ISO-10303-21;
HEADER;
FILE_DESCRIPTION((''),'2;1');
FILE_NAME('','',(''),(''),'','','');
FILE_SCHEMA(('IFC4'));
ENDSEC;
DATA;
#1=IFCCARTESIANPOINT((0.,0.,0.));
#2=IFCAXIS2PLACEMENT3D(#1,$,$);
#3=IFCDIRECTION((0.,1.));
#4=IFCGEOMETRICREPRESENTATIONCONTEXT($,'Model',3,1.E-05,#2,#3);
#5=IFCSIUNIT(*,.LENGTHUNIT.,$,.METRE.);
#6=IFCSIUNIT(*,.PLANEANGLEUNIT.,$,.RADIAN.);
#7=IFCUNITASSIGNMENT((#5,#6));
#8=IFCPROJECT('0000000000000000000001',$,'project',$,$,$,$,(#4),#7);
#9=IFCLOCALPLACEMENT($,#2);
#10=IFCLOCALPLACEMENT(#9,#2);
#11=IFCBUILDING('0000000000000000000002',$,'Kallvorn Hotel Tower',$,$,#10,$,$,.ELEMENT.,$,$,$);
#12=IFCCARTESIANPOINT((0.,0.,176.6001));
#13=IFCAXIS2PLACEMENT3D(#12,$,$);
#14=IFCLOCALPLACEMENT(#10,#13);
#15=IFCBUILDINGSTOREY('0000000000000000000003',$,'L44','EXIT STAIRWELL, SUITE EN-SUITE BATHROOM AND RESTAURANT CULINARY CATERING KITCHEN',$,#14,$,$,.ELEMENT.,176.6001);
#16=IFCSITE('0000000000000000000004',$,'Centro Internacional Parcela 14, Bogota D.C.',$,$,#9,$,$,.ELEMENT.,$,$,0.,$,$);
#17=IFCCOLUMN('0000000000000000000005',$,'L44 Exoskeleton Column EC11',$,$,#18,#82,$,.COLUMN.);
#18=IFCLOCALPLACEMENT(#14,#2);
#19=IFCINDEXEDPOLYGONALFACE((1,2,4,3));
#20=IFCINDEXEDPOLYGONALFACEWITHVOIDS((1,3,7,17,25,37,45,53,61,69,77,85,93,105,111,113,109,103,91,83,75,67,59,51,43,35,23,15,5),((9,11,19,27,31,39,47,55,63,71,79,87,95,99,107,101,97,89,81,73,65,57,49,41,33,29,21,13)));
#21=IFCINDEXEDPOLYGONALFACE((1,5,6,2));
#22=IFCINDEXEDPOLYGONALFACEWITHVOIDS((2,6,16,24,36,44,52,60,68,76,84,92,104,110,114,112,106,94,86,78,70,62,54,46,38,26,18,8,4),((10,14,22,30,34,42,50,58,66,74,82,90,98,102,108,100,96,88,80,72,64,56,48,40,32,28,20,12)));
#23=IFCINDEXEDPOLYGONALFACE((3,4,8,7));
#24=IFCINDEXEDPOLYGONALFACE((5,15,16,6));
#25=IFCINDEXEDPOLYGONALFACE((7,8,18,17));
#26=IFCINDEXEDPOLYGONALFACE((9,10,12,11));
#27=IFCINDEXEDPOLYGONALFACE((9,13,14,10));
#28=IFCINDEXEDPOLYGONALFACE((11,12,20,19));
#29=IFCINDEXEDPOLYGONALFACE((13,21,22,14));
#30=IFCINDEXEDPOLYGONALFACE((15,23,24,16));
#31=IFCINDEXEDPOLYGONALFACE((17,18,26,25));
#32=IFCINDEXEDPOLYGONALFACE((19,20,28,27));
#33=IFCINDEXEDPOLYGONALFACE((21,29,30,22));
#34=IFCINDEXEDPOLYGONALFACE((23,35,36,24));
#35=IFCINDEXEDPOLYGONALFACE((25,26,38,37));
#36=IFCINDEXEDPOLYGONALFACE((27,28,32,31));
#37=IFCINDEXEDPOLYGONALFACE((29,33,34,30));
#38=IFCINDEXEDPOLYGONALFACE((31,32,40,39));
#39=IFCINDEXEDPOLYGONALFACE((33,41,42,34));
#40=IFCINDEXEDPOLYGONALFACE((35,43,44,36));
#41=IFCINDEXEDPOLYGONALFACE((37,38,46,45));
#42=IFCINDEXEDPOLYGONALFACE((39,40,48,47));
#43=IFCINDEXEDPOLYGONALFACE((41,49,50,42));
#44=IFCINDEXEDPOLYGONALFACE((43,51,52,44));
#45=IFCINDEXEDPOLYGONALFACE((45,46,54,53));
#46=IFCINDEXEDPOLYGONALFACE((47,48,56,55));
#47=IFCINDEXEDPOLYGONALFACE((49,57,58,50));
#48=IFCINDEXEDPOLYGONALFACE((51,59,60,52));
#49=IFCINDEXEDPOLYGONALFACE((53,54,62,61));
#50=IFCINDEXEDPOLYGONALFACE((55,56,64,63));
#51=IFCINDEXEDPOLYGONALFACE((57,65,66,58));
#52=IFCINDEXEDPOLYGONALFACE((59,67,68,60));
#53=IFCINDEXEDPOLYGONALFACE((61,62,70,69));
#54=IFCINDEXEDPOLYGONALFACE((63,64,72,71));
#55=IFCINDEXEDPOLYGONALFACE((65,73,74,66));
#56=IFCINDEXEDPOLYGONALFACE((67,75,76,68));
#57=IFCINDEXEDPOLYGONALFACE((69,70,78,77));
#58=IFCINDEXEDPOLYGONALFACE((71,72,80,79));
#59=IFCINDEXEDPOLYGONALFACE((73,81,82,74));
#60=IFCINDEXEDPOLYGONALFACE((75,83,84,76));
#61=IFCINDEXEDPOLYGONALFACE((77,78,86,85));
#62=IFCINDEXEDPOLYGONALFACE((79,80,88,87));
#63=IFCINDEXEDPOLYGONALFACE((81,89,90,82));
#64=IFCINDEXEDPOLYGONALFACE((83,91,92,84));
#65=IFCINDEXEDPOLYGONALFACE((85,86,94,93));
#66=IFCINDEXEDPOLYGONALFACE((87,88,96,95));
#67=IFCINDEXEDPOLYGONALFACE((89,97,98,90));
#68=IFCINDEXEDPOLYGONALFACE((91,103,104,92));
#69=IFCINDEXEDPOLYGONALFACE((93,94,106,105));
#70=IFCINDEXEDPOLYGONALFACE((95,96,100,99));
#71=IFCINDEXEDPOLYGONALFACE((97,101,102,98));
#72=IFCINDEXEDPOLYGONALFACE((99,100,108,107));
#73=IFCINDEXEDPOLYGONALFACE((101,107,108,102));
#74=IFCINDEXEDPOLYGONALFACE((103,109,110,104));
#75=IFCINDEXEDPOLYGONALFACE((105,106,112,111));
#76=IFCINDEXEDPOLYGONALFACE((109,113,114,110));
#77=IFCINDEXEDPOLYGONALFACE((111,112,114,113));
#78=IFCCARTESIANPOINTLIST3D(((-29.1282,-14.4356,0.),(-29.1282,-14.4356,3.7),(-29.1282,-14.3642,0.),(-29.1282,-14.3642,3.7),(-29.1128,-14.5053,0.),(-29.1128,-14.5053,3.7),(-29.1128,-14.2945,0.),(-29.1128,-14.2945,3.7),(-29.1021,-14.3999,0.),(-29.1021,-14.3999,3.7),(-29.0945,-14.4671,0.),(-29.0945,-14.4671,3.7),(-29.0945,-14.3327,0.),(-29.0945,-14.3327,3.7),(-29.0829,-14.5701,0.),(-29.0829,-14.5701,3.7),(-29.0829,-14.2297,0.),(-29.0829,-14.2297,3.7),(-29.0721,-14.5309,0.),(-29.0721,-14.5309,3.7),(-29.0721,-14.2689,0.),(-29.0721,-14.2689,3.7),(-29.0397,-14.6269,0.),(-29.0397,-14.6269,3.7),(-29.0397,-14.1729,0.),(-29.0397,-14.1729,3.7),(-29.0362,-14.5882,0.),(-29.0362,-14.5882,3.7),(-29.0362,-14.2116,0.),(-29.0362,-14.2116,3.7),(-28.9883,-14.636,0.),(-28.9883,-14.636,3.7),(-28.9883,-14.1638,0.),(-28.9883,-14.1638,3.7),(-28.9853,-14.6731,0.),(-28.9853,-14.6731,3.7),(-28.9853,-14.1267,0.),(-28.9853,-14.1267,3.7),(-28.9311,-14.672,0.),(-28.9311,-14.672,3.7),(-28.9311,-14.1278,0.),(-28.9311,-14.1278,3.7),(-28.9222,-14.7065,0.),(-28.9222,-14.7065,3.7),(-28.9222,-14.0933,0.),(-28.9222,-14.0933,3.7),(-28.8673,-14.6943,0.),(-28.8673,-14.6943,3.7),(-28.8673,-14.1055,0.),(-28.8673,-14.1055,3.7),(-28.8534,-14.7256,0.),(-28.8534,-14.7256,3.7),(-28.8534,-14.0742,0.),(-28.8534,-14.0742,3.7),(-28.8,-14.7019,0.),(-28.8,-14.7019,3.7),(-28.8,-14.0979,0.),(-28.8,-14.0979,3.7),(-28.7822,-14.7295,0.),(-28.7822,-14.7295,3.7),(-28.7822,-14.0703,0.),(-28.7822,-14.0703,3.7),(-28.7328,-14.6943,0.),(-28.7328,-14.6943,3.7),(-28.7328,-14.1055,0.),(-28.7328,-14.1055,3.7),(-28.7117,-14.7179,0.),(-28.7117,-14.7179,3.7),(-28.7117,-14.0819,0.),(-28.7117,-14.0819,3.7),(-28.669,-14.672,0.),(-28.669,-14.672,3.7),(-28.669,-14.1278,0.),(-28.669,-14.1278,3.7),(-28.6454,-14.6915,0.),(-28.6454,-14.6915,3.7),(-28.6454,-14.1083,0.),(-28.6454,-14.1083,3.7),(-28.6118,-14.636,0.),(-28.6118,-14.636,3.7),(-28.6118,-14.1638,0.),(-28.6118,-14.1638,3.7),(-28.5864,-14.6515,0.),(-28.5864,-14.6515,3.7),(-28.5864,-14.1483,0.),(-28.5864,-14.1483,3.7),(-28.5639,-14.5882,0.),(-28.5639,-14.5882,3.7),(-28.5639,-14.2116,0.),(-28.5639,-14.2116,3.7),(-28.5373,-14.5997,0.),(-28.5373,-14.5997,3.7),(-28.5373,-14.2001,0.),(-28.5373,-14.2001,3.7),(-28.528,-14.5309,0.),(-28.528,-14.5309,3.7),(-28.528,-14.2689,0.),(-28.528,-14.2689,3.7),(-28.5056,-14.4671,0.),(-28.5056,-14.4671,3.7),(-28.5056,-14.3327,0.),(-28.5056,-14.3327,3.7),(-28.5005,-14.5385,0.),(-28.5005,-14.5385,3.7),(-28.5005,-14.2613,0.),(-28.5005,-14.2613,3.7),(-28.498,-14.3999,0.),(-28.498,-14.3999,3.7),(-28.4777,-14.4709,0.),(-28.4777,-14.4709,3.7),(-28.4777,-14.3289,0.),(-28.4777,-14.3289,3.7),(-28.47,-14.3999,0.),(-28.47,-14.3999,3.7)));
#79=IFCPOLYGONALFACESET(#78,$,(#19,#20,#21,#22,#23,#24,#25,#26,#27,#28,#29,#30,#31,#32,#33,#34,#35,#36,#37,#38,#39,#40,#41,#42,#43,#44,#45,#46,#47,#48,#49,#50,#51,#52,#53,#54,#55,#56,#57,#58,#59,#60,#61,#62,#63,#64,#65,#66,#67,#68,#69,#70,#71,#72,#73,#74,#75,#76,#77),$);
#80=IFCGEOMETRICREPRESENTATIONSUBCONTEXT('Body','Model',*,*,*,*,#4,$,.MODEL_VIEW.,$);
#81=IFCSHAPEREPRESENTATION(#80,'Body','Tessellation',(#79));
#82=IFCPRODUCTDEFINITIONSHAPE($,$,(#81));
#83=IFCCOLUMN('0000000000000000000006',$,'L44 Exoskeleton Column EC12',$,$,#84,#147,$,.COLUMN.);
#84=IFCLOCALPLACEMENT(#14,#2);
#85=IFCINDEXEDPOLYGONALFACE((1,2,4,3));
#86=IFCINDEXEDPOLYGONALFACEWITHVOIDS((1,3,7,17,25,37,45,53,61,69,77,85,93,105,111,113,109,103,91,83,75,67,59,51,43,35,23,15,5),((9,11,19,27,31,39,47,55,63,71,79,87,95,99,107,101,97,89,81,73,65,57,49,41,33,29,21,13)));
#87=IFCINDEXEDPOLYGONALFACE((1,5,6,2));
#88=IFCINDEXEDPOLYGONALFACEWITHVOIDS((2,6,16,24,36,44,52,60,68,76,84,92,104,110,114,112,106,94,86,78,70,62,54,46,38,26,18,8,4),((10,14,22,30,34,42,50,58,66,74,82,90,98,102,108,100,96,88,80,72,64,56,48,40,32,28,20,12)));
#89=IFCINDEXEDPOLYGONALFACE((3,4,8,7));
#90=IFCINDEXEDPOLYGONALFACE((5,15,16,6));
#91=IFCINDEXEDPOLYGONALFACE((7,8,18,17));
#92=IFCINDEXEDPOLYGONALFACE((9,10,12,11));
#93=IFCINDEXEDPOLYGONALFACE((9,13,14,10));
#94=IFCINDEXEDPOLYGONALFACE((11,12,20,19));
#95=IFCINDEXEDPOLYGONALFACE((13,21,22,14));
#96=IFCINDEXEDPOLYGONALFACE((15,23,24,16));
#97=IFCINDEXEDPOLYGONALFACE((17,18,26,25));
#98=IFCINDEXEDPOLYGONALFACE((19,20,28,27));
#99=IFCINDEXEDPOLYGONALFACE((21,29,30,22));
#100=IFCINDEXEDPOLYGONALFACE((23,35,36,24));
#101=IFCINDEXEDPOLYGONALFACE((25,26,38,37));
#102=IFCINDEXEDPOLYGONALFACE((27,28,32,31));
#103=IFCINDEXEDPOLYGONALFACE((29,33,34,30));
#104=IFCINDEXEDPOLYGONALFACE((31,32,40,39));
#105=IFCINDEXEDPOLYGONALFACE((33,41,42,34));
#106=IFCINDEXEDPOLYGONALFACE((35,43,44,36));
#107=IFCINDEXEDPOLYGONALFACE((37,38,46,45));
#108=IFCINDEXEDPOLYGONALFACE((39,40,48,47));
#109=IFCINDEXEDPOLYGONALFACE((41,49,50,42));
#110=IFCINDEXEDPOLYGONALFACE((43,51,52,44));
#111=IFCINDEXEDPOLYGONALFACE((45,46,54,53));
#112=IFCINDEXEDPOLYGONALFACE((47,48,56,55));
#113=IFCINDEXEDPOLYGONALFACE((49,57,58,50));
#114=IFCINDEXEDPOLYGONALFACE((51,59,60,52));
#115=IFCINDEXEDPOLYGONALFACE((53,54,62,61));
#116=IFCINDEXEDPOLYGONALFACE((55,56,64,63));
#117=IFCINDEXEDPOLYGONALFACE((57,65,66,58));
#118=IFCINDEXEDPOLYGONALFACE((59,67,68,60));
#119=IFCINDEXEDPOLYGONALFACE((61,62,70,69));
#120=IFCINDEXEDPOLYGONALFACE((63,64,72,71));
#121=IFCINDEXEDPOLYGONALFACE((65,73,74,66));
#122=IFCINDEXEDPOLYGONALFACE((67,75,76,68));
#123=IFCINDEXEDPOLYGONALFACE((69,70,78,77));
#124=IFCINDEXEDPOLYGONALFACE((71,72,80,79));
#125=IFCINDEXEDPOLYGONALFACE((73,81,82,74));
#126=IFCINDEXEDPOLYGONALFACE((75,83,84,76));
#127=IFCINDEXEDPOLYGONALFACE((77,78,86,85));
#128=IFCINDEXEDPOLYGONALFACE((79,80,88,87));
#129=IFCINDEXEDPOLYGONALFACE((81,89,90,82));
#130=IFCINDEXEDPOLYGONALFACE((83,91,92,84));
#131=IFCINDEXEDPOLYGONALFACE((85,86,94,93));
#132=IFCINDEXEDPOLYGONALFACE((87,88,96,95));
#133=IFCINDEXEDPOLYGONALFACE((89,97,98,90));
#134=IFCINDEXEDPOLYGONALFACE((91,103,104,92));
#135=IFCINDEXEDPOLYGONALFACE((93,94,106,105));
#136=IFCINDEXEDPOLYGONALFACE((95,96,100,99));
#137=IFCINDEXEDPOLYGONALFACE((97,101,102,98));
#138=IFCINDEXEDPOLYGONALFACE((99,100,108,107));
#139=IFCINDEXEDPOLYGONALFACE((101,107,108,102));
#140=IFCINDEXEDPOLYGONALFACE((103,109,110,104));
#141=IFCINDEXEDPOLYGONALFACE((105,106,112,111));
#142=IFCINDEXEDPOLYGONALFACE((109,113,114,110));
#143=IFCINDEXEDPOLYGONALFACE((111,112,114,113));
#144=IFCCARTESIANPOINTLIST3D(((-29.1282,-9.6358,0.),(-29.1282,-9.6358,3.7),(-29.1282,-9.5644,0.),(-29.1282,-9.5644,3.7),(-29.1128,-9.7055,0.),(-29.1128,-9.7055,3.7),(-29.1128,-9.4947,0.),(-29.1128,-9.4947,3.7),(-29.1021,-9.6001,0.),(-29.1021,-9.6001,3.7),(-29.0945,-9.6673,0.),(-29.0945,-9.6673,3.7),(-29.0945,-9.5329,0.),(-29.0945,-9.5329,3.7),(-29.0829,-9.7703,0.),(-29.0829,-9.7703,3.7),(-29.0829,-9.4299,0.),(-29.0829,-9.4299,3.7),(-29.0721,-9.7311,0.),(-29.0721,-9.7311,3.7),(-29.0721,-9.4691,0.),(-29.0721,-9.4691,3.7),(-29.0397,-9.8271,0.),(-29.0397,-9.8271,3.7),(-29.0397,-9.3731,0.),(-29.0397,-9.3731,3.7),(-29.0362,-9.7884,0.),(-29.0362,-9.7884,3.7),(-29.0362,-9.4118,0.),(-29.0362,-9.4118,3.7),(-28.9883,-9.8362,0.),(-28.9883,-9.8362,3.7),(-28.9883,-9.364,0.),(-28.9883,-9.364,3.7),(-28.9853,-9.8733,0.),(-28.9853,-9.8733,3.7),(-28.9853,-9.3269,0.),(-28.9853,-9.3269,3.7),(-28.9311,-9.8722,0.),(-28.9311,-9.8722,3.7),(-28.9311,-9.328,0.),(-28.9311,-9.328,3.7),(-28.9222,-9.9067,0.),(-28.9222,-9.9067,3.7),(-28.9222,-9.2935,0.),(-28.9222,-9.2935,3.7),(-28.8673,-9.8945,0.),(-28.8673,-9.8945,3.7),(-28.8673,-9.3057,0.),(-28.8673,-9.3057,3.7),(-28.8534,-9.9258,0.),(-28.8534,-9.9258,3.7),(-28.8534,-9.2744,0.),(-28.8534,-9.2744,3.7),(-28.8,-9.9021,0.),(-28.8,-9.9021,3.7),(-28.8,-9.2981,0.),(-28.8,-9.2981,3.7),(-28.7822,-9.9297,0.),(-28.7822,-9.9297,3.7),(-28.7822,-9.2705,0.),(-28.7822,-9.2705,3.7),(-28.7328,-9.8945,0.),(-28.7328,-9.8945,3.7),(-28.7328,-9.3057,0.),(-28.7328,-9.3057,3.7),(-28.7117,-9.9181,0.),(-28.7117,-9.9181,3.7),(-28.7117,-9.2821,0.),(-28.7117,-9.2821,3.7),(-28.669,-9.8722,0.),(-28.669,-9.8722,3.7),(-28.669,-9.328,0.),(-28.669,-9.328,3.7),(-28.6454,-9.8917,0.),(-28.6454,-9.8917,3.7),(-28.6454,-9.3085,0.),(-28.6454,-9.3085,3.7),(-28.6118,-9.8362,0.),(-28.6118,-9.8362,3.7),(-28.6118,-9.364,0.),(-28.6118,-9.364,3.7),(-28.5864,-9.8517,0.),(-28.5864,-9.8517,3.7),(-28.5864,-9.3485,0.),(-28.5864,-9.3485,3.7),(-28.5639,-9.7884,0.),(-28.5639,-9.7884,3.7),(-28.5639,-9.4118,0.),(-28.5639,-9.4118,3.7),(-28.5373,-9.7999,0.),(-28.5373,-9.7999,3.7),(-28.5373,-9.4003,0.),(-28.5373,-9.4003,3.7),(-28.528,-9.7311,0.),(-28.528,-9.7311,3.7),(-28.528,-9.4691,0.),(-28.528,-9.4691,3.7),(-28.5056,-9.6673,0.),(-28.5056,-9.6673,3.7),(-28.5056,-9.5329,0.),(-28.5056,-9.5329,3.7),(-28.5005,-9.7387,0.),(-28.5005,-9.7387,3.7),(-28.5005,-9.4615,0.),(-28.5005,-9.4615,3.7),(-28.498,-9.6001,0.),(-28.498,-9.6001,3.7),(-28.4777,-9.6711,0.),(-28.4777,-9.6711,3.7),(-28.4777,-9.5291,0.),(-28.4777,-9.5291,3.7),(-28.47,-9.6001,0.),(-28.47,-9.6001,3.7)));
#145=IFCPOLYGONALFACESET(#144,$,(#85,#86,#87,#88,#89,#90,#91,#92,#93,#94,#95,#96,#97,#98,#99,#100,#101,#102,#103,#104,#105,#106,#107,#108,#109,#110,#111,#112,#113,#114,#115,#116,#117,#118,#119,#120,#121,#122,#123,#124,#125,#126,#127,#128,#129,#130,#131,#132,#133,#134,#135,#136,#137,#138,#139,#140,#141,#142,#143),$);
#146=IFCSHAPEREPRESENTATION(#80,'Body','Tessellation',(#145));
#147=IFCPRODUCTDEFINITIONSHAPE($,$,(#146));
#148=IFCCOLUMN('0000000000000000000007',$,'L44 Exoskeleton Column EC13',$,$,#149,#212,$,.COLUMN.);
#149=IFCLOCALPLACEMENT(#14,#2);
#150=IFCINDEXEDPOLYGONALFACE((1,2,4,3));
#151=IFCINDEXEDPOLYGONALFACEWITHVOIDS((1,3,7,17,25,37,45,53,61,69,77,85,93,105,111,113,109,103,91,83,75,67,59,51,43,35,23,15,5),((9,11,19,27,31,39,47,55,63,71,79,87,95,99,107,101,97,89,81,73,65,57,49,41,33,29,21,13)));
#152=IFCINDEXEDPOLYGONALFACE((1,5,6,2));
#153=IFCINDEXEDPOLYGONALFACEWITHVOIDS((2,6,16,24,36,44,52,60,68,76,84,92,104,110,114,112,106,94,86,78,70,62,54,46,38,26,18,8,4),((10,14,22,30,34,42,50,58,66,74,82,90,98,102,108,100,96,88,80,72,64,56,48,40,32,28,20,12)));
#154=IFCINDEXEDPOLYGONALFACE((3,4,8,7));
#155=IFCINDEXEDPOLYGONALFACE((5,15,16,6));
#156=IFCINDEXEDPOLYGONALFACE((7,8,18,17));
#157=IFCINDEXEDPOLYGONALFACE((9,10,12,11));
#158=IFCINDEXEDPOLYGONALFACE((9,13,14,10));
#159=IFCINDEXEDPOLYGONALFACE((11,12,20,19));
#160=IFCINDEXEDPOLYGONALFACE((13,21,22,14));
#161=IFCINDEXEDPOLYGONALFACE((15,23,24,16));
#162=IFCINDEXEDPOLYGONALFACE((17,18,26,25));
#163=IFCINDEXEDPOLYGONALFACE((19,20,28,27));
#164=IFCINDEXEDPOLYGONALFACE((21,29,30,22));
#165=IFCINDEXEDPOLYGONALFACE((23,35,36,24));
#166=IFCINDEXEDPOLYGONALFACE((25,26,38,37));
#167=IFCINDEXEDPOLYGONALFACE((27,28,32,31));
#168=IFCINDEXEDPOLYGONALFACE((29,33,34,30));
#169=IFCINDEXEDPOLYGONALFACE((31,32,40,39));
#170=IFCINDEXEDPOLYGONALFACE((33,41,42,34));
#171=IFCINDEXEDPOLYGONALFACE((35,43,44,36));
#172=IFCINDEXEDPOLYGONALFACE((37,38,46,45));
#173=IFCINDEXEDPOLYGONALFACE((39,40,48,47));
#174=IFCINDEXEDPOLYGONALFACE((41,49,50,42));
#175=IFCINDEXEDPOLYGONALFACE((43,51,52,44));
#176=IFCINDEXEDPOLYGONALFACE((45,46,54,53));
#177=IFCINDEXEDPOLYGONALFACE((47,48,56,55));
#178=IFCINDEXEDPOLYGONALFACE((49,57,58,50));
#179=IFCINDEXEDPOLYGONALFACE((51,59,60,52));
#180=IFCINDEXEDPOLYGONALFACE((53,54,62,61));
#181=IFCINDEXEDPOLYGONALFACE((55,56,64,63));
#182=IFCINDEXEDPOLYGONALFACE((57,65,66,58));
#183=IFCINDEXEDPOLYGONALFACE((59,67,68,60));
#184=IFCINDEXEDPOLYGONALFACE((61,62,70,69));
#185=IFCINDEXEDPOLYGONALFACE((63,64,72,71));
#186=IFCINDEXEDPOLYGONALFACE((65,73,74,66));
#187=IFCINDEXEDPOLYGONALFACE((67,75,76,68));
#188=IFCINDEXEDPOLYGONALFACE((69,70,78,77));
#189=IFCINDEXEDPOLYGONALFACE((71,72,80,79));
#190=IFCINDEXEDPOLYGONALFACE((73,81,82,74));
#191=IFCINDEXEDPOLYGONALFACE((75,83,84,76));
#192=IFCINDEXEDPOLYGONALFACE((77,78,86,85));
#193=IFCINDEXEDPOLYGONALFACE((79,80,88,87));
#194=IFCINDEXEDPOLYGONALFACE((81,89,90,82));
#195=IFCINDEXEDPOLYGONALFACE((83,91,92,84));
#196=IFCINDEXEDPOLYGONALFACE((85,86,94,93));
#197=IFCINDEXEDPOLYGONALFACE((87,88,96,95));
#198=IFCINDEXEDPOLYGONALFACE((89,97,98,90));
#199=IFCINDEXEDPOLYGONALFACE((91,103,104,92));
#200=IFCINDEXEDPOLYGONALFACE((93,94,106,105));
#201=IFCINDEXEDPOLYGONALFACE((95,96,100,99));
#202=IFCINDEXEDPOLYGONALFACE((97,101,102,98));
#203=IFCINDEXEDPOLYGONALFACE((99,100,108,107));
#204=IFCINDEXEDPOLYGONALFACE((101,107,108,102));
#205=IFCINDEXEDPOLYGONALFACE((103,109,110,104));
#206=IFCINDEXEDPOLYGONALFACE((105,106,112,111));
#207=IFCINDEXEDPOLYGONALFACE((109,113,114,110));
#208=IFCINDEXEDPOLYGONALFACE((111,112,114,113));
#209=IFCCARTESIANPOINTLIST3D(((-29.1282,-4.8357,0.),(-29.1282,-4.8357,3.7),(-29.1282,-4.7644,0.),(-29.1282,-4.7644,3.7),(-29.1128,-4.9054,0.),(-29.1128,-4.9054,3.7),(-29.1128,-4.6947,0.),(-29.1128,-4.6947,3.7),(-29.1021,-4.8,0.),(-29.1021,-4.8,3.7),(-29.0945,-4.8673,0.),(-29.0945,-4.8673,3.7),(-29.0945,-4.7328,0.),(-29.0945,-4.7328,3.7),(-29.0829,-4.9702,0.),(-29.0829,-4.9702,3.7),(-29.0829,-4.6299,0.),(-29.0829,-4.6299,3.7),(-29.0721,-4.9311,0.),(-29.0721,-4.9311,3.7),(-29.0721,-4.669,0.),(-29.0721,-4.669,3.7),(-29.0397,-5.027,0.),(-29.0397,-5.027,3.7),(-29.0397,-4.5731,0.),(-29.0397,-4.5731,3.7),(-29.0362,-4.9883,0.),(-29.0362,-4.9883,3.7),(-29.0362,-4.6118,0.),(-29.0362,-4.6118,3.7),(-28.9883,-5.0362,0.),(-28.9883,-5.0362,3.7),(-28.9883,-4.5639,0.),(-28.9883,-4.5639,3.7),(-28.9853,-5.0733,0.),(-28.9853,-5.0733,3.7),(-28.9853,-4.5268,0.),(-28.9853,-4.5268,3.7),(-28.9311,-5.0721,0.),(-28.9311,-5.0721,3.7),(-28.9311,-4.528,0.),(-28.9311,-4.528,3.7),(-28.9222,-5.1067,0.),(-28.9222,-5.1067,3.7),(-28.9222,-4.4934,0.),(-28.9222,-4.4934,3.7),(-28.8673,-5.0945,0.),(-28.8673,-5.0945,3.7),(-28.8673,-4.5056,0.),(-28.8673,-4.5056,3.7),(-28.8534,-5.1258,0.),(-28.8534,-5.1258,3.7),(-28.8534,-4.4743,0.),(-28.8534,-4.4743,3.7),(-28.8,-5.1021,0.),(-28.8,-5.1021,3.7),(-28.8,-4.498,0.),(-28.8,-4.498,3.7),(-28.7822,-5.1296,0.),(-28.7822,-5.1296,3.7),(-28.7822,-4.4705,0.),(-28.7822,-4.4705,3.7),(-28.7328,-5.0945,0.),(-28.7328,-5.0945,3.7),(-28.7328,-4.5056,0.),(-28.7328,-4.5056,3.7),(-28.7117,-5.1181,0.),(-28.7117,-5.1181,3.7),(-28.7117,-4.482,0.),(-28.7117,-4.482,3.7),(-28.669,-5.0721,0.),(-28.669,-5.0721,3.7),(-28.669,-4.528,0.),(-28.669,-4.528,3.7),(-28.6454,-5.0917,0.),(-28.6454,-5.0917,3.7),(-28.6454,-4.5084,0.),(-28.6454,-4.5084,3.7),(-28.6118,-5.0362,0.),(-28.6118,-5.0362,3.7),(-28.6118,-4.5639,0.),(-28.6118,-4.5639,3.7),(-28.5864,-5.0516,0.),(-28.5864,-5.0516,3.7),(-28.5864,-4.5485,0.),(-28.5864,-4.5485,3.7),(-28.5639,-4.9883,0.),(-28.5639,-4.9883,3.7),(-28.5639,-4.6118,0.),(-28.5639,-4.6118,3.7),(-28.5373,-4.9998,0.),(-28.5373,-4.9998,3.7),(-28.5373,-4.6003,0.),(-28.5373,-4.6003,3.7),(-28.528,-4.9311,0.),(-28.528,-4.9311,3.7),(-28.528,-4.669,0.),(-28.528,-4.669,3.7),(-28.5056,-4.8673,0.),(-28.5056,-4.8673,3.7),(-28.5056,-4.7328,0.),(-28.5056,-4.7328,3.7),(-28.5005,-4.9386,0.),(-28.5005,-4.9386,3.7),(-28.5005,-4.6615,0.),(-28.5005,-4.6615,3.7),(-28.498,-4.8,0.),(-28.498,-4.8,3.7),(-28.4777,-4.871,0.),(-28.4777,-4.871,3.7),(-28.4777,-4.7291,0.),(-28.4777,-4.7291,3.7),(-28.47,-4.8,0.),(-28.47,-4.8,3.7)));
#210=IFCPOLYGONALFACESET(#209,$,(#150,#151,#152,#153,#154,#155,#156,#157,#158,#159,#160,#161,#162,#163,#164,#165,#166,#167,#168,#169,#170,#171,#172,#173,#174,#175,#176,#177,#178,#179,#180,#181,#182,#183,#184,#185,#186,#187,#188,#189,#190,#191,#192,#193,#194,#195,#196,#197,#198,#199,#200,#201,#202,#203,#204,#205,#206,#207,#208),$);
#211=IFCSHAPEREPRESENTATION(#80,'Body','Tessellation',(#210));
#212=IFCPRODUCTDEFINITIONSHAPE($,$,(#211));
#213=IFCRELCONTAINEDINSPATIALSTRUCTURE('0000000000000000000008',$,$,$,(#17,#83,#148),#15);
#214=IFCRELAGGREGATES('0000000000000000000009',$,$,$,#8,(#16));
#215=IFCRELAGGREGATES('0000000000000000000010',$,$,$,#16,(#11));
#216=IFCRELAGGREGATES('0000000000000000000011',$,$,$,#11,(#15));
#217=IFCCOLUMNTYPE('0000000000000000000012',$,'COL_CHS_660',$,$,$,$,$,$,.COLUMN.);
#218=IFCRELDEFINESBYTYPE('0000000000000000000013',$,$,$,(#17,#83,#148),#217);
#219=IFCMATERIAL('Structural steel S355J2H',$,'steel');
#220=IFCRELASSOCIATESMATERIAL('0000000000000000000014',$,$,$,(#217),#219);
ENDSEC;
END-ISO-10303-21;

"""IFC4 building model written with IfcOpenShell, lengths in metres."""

from ifc_helpers import new_model, si_unit, direction, frame, origin, origin_2d, place, context, subcontext, project, spatial, hollow_circle, extrude, material, material_profile, profile_set, type_object, element, save


model = new_model("IFC4")

# Units and contexts
model_context = context("Model", 3, precision=1e-05, world=origin(), true_north=direction((0.0, 1.0)))
body_context = subcontext(model_context, "Body", "Model", "MODEL_VIEW")
ifc_project = project(units=[si_unit("LENGTHUNIT", "METRE"), si_unit("PLANEANGLEUNIT", "RADIAN")], contexts=[model_context])

# Site, building, storey
site_placement = place(None, origin())
site = spatial("IfcSite", under=ifc_project, at=site_placement, Name="Centro Internacional Parcela 14, Bogota D.C.", CompositionType="ELEMENT", RefElevation=0.0)
building_placement = place(site_placement, origin())
building = spatial("IfcBuilding", under=site, at=building_placement, Name="Kallvorn Hotel Tower", CompositionType="ELEMENT")
storey_placement = place(building_placement, frame((0.0, 0.0, 176.6001)))
storey = spatial("IfcBuildingStorey", under=building, at=storey_placement, Name="L44", Description="EXIT STAIRWELL, SUITE EN-SUITE BATHROOM AND RESTAURANT CULINARY CATERING KITCHEN", CompositionType="ELEMENT", Elevation=176.6001)

# Columns
ifc_material_1 = material(Name="Structural steel S355J2H", Category="steel")
ifc_material_profile_1 = material_profile(ifc_material_1, hollow_circle(Radius=0.3301, WallThickness=0.0281, at=origin_2d()), Name="CHS 660x28")
ifc_profile_set_1 = profile_set([ifc_material_profile_1], Name="Structural steel S355J2H")
column_type_1 = type_object("IfcColumnType", Name="COL_CHS_660", PredefinedType="COLUMN", material=ifc_profile_set_1)
for number, where, z_axis, x_axis, name in (
    (1, (-28.8, -14.3999, 0.0), (0.0, 0.0, 1.0), (1.0, 0.0, 0.0), "L44 Exoskeleton Column EC11"),
    (2, (-28.8, -9.6001, 0.0), (0.0, 0.0, 1.0), (1.0, 0.0, 0.0), "L44 Exoskeleton Column EC12"),
    (3, (-28.8, -4.8, 0.0), (0.0, 0.0, 1.0), (1.0, 0.0, 0.0), "L44 Exoskeleton Column EC13"),
):
    element("IfcColumn", number, at=place(storey_placement, frame(where, z_axis=z_axis, x_axis=x_axis)), inside=storey, type_object=column_type_1, Name=name, PredefinedType="COLUMN", context=body_context, shape_type="SweptSolid", body=[
        extrude(hollow_circle(Radius=0.3301, WallThickness=0.0281, at=origin_2d()), origin(), (0.0, 0.0, 1.0), 3.7),
    ])

save(model, "model.ifc")
